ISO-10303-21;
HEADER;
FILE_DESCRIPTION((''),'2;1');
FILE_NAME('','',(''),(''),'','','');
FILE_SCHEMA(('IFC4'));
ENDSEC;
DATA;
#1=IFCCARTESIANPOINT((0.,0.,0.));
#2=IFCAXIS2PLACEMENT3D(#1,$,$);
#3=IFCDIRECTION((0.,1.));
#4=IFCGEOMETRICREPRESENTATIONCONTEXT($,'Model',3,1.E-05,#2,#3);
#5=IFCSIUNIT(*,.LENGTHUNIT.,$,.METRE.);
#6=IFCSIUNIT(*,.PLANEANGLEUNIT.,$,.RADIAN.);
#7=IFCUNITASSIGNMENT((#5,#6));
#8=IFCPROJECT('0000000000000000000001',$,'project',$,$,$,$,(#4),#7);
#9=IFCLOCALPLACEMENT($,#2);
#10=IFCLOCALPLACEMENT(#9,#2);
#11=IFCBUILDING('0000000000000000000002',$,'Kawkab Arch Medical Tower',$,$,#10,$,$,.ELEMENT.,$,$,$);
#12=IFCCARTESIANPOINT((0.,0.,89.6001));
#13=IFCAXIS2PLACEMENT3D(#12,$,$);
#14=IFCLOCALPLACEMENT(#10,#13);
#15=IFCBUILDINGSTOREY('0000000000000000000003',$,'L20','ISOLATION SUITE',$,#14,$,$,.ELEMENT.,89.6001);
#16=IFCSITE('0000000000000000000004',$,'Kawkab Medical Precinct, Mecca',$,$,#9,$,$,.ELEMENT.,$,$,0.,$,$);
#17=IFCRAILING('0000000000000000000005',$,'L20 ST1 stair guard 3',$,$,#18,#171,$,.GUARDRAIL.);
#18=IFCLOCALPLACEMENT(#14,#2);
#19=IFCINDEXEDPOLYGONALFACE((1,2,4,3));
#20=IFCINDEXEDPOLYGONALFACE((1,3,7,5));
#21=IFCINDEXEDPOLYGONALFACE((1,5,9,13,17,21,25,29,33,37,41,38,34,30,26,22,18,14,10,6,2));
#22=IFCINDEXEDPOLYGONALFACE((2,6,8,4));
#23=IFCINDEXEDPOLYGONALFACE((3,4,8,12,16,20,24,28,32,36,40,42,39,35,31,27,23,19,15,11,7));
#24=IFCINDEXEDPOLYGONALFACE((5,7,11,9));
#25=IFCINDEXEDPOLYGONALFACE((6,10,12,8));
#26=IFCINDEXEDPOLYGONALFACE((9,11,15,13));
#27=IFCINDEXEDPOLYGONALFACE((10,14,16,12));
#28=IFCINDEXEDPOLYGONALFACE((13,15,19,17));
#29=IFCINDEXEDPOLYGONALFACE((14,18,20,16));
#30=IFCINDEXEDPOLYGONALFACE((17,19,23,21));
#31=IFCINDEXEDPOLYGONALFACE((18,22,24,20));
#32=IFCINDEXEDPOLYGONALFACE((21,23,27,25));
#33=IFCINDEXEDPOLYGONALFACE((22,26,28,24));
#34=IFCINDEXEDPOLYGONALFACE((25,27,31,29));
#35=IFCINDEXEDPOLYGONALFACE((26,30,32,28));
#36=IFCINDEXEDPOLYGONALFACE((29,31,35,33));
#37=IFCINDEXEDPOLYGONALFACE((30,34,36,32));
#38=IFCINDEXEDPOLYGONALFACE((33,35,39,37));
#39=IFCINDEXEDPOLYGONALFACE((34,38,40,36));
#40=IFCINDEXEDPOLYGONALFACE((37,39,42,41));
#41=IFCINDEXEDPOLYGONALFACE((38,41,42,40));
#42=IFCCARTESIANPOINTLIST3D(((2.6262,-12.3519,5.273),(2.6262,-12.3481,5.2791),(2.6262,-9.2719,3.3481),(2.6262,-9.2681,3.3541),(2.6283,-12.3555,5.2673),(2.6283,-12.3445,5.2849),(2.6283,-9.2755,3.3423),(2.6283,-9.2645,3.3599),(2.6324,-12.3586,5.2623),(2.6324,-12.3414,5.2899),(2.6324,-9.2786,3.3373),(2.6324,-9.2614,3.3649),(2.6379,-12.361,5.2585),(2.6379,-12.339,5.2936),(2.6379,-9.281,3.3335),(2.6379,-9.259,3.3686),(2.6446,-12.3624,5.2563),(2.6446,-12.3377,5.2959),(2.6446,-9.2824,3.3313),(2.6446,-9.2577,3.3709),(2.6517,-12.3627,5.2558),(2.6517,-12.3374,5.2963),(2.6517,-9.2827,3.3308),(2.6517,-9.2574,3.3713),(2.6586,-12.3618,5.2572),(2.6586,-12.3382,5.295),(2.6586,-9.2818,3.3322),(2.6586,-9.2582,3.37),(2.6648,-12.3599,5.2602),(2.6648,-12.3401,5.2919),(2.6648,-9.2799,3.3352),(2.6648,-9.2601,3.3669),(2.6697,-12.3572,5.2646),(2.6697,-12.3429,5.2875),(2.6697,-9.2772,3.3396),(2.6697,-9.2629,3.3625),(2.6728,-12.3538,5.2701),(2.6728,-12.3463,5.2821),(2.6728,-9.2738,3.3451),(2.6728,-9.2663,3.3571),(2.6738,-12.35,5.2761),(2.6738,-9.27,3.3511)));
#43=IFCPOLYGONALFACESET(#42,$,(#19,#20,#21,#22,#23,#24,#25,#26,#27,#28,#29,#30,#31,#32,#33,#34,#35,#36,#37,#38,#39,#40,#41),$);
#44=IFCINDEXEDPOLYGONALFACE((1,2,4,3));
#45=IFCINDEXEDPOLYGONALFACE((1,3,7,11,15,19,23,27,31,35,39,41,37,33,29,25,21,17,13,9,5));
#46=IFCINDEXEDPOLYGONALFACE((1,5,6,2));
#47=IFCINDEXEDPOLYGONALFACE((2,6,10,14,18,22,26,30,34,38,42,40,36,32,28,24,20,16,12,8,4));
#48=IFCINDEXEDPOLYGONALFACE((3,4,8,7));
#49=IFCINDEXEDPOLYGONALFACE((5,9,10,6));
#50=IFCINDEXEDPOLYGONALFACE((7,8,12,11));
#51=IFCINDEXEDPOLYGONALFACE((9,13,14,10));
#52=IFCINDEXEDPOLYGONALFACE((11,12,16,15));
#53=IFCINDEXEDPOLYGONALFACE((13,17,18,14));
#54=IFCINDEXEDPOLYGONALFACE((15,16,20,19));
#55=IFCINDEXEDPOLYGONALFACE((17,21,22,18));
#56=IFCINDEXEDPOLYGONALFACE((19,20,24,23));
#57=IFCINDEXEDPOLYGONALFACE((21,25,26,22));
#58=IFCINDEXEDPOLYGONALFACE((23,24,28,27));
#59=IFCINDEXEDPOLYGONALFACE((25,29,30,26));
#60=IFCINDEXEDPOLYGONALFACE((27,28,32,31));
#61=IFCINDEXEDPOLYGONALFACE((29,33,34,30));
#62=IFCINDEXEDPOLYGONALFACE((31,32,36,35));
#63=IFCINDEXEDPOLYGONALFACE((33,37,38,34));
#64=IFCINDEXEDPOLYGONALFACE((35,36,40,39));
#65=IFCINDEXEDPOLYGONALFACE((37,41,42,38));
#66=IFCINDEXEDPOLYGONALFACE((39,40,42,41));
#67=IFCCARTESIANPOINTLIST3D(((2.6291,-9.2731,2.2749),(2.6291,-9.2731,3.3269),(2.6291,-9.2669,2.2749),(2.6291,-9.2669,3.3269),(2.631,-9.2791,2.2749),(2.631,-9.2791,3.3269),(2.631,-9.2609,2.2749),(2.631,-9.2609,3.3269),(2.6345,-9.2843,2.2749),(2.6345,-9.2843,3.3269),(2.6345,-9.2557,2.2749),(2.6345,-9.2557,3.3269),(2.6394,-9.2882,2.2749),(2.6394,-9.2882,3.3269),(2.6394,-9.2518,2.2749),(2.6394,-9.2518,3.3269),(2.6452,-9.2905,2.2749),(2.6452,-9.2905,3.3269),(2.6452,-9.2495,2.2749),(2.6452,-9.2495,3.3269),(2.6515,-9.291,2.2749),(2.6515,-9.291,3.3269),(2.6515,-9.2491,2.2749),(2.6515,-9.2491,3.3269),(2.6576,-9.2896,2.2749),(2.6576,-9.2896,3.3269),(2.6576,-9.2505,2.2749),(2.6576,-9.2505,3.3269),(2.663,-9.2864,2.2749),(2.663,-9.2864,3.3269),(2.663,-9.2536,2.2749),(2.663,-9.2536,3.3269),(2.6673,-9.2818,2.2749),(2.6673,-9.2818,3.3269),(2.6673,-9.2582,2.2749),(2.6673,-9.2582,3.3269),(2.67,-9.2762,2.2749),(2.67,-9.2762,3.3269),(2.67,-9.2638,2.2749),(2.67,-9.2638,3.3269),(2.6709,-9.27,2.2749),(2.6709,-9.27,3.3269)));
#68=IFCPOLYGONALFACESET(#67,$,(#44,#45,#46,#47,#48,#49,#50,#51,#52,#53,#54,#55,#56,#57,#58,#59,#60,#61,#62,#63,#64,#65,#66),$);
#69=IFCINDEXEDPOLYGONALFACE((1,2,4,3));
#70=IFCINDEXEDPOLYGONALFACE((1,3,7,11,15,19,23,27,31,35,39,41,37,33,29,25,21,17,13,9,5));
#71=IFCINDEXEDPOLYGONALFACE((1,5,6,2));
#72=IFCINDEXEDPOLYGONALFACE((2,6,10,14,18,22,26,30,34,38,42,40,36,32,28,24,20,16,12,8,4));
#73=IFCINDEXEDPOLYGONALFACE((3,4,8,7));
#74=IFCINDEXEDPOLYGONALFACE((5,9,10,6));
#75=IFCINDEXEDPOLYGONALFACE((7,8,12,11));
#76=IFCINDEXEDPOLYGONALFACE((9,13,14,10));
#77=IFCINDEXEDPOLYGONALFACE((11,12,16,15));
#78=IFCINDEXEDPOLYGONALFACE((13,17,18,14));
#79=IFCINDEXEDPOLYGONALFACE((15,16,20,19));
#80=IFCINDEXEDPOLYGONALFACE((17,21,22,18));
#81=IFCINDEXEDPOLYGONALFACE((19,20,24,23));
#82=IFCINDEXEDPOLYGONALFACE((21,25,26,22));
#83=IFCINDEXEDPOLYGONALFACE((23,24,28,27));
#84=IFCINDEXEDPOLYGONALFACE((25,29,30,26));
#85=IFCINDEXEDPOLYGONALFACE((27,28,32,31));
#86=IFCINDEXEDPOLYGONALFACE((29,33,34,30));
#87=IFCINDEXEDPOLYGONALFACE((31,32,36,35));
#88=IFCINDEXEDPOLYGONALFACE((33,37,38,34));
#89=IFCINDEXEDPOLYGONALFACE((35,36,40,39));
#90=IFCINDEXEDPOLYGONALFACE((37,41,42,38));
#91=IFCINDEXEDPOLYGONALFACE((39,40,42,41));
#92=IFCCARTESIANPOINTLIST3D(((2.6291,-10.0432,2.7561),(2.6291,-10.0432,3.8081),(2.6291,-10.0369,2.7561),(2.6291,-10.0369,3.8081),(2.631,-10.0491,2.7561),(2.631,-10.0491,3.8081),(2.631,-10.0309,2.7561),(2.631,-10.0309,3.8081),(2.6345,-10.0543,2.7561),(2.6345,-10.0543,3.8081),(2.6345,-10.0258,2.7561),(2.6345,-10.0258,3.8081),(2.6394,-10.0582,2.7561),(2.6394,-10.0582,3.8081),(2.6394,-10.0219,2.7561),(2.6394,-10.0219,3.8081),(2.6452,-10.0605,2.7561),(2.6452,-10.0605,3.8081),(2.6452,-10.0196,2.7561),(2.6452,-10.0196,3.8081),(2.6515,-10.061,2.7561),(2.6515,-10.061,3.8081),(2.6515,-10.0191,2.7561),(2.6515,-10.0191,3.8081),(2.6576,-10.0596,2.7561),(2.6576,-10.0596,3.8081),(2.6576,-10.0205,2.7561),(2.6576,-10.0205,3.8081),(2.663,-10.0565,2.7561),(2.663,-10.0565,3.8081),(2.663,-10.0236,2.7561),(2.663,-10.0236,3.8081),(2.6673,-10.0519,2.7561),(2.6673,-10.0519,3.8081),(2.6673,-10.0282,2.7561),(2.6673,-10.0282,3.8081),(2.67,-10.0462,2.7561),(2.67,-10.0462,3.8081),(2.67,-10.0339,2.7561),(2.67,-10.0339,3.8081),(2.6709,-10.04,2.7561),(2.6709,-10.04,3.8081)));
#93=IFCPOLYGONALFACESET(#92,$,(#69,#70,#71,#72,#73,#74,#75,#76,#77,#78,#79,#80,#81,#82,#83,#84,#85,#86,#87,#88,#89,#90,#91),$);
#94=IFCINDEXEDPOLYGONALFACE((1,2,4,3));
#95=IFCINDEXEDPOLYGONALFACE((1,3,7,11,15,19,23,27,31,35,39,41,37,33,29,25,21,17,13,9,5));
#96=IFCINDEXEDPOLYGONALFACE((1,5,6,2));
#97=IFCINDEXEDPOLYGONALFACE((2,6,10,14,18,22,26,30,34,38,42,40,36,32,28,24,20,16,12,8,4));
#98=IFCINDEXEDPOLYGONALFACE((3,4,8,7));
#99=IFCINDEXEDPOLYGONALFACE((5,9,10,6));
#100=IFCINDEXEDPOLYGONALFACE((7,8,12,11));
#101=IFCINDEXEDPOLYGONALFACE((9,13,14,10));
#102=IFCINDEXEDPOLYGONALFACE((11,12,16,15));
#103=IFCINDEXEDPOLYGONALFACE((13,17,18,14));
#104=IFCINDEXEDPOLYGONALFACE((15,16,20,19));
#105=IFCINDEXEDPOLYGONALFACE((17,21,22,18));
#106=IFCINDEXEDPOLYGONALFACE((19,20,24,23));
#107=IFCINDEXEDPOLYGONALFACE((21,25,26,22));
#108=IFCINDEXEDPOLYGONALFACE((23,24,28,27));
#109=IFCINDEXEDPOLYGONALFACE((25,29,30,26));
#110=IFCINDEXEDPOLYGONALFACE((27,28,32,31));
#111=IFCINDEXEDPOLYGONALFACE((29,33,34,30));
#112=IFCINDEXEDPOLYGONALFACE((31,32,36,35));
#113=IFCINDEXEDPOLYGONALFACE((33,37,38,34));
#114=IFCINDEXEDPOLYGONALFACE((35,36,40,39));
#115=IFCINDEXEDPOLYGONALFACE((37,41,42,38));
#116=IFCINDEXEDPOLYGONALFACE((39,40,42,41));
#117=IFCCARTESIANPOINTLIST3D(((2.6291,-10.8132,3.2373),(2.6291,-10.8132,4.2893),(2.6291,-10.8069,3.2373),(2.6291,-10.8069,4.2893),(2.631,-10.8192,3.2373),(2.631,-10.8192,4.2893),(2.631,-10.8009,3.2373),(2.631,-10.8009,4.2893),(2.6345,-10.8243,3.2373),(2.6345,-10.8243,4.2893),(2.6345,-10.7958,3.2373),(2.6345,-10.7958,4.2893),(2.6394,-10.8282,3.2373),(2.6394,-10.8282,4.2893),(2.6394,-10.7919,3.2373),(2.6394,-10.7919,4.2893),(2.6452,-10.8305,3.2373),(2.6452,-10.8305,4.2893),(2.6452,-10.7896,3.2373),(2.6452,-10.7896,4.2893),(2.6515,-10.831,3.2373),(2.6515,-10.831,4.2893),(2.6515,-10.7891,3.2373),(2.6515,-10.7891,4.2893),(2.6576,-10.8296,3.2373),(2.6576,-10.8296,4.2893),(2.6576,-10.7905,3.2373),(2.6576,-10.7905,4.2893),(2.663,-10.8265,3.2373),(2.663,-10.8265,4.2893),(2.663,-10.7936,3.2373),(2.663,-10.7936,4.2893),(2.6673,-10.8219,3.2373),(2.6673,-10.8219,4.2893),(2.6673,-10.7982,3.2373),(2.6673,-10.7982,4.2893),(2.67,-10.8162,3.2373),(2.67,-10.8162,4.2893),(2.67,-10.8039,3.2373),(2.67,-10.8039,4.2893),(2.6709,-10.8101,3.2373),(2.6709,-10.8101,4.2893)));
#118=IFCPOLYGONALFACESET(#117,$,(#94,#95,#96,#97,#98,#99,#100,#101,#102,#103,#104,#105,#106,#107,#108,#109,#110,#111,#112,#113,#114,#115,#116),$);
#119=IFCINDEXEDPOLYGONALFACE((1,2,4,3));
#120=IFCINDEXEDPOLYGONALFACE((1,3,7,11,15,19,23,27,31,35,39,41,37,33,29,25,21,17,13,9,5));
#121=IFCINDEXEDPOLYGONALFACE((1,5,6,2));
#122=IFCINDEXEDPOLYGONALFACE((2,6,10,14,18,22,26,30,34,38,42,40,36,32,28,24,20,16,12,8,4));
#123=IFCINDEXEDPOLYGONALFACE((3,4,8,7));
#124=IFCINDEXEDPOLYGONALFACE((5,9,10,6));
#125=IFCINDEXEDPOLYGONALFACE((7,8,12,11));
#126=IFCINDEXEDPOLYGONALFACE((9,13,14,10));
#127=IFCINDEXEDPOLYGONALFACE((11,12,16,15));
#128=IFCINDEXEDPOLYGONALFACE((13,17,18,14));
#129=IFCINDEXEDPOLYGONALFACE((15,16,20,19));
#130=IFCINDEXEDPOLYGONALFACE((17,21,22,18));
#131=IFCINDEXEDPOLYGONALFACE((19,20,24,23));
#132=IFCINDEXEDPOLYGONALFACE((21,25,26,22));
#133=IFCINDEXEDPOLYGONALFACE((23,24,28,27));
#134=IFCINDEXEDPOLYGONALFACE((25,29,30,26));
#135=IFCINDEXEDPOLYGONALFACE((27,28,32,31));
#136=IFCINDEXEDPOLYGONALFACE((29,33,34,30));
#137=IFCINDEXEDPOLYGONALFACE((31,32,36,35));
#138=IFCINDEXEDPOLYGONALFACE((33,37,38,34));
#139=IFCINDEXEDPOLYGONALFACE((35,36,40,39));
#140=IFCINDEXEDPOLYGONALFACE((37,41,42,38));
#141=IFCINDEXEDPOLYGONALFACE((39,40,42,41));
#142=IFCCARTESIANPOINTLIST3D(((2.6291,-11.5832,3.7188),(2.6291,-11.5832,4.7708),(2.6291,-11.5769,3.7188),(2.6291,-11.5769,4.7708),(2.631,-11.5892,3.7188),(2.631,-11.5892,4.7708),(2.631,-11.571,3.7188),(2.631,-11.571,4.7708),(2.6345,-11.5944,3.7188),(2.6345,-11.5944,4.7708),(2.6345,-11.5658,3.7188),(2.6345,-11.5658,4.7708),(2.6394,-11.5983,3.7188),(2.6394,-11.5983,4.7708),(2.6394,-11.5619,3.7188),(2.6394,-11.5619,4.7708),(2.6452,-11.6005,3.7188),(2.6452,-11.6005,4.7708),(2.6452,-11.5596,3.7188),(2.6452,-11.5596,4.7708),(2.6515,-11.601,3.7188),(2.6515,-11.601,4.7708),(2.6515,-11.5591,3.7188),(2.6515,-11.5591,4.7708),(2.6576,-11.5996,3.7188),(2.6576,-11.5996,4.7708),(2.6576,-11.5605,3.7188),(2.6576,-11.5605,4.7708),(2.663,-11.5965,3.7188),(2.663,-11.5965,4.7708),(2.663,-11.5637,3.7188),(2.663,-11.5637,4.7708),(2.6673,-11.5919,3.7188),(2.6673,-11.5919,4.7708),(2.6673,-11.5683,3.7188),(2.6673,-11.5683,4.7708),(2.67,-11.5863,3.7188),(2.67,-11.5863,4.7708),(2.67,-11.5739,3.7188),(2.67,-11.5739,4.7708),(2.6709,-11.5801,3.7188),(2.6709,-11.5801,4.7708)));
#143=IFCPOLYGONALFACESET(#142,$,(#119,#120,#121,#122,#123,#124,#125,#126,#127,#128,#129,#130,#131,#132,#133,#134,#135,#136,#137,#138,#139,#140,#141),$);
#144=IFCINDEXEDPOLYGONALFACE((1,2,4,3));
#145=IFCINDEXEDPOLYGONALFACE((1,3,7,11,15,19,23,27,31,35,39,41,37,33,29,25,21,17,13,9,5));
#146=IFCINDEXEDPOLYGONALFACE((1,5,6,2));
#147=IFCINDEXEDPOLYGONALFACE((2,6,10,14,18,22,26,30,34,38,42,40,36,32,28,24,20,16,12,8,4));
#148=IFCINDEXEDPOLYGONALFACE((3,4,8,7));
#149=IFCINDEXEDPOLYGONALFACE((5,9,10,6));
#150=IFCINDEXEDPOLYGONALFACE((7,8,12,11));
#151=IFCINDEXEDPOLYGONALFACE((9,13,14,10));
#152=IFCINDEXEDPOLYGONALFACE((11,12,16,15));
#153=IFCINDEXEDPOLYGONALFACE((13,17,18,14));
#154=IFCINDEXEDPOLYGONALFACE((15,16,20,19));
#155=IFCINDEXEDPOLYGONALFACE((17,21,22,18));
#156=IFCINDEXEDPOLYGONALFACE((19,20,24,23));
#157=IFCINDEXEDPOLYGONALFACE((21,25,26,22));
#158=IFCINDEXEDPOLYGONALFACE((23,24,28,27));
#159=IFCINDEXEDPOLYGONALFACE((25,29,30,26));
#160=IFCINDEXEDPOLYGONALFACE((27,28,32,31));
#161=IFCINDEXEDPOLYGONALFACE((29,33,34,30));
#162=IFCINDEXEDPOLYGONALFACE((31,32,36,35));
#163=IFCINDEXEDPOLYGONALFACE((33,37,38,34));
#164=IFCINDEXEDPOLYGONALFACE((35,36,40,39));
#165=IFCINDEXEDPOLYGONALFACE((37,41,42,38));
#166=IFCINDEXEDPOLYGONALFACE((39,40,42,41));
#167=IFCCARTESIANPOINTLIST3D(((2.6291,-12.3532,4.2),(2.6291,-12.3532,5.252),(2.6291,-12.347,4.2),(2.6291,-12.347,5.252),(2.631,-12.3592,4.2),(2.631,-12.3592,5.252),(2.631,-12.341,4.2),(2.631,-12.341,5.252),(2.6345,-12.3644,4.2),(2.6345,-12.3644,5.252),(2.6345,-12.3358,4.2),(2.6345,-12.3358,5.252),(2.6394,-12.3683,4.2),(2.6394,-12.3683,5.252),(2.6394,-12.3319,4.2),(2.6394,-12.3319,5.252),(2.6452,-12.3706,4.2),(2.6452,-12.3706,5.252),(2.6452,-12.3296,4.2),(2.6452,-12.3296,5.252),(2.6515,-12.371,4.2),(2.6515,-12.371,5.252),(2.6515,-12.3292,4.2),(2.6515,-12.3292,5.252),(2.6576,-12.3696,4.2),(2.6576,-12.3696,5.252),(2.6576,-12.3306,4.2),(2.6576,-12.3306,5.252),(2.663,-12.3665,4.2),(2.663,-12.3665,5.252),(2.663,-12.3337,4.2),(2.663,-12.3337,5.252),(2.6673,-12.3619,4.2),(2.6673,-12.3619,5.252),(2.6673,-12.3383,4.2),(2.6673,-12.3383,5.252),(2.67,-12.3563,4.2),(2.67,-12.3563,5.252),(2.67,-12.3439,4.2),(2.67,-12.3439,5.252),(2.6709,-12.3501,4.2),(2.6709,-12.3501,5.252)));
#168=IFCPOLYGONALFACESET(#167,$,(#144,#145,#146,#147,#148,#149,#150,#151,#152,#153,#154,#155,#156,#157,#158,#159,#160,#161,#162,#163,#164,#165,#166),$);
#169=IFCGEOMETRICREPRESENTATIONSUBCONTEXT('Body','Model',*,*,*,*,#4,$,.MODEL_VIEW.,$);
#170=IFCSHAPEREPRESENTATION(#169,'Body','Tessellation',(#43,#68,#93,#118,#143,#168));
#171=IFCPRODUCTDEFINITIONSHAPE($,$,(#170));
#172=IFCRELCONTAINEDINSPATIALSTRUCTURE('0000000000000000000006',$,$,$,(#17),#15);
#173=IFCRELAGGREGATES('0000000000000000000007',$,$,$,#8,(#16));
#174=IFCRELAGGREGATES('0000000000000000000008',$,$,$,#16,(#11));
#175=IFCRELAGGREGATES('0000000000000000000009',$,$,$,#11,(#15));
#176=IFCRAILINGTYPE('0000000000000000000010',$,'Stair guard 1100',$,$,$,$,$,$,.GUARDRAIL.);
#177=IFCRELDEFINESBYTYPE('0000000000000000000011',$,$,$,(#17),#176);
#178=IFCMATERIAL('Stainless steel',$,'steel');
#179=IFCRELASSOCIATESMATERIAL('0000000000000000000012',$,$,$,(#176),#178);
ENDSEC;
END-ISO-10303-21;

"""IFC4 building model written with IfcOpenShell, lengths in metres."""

from ifc_helpers import new_model, si_unit, direction, frame, origin, origin_2d, place, context, subcontext, project, spatial, circle, extrude, material, type_object, element, save


model = new_model("IFC4")

# Units and contexts
model_context = context("Model", 3, precision=1e-05, world=origin(), true_north=direction((0.0, 1.0)))
body_context = subcontext(model_context, "Body", "Model", "MODEL_VIEW")
ifc_project = project(units=[si_unit("LENGTHUNIT", "METRE"), si_unit("PLANEANGLEUNIT", "RADIAN")], contexts=[model_context])

# Site, building, storey
site_placement = place(None, origin())
site = spatial("IfcSite", under=ifc_project, at=site_placement, Name="Kawkab Medical Precinct, Mecca", CompositionType="ELEMENT", RefElevation=0.0)
building_placement = place(site_placement, origin())
building = spatial("IfcBuilding", under=site, at=building_placement, Name="Kawkab Arch Medical Tower", CompositionType="ELEMENT")
storey_placement = place(building_placement, frame((0.0, 0.0, 89.6001)))
storey = spatial("IfcBuildingStorey", under=building, at=storey_placement, Name="L20", Description="ISOLATION SUITE", CompositionType="ELEMENT", Elevation=89.6001)

# Railing
ifc_material_1 = material(Name="Stainless steel", Category="steel")
railing_type_1 = type_object("IfcRailingType", Name="Stair guard 1100", PredefinedType="GUARDRAIL", material=ifc_material_1)
railing_1_placement = place(storey_placement, frame((2.6499, -9.27, 2.2749)))
element("IfcRailing", 1, at=railing_1_placement, inside=storey, type_object=railing_type_1, Name="L20 ST1 stair guard 3", PredefinedType="GUARDRAIL", context=body_context, shape_type="SweptSolid", body=[
    extrude(circle(Radius=0.0239, at=origin_2d()), frame((0.0, 0.0, 1.0762), z_axis=(0.0, -0.847998, 0.529999), x_axis=(1.0, 0.0, 0.0)), (0.0, 0.0, 1.0), 3.6321),
    extrude(circle(Radius=0.021, at=origin_2d()), origin(), (0.0, 0.0, 1.0), 1.052),
    extrude(circle(Radius=0.021, at=origin_2d()), frame((0.0, -0.77, 0.4812)), (0.0, 0.0, 1.0), 1.052),
    extrude(circle(Radius=0.021, at=origin_2d()), frame((0.0, -1.54, 0.9624)), (0.0, 0.0, 1.0), 1.052),
    extrude(circle(Radius=0.021, at=origin_2d()), frame((0.0, -2.3101, 1.4438)), (0.0, 0.0, 1.0), 1.052),
    extrude(circle(Radius=0.021, at=origin_2d()), frame((0.0, -3.0801, 1.925)), (0.0, 0.0, 1.0), 1.052),
])

save(model, "model.ifc")
